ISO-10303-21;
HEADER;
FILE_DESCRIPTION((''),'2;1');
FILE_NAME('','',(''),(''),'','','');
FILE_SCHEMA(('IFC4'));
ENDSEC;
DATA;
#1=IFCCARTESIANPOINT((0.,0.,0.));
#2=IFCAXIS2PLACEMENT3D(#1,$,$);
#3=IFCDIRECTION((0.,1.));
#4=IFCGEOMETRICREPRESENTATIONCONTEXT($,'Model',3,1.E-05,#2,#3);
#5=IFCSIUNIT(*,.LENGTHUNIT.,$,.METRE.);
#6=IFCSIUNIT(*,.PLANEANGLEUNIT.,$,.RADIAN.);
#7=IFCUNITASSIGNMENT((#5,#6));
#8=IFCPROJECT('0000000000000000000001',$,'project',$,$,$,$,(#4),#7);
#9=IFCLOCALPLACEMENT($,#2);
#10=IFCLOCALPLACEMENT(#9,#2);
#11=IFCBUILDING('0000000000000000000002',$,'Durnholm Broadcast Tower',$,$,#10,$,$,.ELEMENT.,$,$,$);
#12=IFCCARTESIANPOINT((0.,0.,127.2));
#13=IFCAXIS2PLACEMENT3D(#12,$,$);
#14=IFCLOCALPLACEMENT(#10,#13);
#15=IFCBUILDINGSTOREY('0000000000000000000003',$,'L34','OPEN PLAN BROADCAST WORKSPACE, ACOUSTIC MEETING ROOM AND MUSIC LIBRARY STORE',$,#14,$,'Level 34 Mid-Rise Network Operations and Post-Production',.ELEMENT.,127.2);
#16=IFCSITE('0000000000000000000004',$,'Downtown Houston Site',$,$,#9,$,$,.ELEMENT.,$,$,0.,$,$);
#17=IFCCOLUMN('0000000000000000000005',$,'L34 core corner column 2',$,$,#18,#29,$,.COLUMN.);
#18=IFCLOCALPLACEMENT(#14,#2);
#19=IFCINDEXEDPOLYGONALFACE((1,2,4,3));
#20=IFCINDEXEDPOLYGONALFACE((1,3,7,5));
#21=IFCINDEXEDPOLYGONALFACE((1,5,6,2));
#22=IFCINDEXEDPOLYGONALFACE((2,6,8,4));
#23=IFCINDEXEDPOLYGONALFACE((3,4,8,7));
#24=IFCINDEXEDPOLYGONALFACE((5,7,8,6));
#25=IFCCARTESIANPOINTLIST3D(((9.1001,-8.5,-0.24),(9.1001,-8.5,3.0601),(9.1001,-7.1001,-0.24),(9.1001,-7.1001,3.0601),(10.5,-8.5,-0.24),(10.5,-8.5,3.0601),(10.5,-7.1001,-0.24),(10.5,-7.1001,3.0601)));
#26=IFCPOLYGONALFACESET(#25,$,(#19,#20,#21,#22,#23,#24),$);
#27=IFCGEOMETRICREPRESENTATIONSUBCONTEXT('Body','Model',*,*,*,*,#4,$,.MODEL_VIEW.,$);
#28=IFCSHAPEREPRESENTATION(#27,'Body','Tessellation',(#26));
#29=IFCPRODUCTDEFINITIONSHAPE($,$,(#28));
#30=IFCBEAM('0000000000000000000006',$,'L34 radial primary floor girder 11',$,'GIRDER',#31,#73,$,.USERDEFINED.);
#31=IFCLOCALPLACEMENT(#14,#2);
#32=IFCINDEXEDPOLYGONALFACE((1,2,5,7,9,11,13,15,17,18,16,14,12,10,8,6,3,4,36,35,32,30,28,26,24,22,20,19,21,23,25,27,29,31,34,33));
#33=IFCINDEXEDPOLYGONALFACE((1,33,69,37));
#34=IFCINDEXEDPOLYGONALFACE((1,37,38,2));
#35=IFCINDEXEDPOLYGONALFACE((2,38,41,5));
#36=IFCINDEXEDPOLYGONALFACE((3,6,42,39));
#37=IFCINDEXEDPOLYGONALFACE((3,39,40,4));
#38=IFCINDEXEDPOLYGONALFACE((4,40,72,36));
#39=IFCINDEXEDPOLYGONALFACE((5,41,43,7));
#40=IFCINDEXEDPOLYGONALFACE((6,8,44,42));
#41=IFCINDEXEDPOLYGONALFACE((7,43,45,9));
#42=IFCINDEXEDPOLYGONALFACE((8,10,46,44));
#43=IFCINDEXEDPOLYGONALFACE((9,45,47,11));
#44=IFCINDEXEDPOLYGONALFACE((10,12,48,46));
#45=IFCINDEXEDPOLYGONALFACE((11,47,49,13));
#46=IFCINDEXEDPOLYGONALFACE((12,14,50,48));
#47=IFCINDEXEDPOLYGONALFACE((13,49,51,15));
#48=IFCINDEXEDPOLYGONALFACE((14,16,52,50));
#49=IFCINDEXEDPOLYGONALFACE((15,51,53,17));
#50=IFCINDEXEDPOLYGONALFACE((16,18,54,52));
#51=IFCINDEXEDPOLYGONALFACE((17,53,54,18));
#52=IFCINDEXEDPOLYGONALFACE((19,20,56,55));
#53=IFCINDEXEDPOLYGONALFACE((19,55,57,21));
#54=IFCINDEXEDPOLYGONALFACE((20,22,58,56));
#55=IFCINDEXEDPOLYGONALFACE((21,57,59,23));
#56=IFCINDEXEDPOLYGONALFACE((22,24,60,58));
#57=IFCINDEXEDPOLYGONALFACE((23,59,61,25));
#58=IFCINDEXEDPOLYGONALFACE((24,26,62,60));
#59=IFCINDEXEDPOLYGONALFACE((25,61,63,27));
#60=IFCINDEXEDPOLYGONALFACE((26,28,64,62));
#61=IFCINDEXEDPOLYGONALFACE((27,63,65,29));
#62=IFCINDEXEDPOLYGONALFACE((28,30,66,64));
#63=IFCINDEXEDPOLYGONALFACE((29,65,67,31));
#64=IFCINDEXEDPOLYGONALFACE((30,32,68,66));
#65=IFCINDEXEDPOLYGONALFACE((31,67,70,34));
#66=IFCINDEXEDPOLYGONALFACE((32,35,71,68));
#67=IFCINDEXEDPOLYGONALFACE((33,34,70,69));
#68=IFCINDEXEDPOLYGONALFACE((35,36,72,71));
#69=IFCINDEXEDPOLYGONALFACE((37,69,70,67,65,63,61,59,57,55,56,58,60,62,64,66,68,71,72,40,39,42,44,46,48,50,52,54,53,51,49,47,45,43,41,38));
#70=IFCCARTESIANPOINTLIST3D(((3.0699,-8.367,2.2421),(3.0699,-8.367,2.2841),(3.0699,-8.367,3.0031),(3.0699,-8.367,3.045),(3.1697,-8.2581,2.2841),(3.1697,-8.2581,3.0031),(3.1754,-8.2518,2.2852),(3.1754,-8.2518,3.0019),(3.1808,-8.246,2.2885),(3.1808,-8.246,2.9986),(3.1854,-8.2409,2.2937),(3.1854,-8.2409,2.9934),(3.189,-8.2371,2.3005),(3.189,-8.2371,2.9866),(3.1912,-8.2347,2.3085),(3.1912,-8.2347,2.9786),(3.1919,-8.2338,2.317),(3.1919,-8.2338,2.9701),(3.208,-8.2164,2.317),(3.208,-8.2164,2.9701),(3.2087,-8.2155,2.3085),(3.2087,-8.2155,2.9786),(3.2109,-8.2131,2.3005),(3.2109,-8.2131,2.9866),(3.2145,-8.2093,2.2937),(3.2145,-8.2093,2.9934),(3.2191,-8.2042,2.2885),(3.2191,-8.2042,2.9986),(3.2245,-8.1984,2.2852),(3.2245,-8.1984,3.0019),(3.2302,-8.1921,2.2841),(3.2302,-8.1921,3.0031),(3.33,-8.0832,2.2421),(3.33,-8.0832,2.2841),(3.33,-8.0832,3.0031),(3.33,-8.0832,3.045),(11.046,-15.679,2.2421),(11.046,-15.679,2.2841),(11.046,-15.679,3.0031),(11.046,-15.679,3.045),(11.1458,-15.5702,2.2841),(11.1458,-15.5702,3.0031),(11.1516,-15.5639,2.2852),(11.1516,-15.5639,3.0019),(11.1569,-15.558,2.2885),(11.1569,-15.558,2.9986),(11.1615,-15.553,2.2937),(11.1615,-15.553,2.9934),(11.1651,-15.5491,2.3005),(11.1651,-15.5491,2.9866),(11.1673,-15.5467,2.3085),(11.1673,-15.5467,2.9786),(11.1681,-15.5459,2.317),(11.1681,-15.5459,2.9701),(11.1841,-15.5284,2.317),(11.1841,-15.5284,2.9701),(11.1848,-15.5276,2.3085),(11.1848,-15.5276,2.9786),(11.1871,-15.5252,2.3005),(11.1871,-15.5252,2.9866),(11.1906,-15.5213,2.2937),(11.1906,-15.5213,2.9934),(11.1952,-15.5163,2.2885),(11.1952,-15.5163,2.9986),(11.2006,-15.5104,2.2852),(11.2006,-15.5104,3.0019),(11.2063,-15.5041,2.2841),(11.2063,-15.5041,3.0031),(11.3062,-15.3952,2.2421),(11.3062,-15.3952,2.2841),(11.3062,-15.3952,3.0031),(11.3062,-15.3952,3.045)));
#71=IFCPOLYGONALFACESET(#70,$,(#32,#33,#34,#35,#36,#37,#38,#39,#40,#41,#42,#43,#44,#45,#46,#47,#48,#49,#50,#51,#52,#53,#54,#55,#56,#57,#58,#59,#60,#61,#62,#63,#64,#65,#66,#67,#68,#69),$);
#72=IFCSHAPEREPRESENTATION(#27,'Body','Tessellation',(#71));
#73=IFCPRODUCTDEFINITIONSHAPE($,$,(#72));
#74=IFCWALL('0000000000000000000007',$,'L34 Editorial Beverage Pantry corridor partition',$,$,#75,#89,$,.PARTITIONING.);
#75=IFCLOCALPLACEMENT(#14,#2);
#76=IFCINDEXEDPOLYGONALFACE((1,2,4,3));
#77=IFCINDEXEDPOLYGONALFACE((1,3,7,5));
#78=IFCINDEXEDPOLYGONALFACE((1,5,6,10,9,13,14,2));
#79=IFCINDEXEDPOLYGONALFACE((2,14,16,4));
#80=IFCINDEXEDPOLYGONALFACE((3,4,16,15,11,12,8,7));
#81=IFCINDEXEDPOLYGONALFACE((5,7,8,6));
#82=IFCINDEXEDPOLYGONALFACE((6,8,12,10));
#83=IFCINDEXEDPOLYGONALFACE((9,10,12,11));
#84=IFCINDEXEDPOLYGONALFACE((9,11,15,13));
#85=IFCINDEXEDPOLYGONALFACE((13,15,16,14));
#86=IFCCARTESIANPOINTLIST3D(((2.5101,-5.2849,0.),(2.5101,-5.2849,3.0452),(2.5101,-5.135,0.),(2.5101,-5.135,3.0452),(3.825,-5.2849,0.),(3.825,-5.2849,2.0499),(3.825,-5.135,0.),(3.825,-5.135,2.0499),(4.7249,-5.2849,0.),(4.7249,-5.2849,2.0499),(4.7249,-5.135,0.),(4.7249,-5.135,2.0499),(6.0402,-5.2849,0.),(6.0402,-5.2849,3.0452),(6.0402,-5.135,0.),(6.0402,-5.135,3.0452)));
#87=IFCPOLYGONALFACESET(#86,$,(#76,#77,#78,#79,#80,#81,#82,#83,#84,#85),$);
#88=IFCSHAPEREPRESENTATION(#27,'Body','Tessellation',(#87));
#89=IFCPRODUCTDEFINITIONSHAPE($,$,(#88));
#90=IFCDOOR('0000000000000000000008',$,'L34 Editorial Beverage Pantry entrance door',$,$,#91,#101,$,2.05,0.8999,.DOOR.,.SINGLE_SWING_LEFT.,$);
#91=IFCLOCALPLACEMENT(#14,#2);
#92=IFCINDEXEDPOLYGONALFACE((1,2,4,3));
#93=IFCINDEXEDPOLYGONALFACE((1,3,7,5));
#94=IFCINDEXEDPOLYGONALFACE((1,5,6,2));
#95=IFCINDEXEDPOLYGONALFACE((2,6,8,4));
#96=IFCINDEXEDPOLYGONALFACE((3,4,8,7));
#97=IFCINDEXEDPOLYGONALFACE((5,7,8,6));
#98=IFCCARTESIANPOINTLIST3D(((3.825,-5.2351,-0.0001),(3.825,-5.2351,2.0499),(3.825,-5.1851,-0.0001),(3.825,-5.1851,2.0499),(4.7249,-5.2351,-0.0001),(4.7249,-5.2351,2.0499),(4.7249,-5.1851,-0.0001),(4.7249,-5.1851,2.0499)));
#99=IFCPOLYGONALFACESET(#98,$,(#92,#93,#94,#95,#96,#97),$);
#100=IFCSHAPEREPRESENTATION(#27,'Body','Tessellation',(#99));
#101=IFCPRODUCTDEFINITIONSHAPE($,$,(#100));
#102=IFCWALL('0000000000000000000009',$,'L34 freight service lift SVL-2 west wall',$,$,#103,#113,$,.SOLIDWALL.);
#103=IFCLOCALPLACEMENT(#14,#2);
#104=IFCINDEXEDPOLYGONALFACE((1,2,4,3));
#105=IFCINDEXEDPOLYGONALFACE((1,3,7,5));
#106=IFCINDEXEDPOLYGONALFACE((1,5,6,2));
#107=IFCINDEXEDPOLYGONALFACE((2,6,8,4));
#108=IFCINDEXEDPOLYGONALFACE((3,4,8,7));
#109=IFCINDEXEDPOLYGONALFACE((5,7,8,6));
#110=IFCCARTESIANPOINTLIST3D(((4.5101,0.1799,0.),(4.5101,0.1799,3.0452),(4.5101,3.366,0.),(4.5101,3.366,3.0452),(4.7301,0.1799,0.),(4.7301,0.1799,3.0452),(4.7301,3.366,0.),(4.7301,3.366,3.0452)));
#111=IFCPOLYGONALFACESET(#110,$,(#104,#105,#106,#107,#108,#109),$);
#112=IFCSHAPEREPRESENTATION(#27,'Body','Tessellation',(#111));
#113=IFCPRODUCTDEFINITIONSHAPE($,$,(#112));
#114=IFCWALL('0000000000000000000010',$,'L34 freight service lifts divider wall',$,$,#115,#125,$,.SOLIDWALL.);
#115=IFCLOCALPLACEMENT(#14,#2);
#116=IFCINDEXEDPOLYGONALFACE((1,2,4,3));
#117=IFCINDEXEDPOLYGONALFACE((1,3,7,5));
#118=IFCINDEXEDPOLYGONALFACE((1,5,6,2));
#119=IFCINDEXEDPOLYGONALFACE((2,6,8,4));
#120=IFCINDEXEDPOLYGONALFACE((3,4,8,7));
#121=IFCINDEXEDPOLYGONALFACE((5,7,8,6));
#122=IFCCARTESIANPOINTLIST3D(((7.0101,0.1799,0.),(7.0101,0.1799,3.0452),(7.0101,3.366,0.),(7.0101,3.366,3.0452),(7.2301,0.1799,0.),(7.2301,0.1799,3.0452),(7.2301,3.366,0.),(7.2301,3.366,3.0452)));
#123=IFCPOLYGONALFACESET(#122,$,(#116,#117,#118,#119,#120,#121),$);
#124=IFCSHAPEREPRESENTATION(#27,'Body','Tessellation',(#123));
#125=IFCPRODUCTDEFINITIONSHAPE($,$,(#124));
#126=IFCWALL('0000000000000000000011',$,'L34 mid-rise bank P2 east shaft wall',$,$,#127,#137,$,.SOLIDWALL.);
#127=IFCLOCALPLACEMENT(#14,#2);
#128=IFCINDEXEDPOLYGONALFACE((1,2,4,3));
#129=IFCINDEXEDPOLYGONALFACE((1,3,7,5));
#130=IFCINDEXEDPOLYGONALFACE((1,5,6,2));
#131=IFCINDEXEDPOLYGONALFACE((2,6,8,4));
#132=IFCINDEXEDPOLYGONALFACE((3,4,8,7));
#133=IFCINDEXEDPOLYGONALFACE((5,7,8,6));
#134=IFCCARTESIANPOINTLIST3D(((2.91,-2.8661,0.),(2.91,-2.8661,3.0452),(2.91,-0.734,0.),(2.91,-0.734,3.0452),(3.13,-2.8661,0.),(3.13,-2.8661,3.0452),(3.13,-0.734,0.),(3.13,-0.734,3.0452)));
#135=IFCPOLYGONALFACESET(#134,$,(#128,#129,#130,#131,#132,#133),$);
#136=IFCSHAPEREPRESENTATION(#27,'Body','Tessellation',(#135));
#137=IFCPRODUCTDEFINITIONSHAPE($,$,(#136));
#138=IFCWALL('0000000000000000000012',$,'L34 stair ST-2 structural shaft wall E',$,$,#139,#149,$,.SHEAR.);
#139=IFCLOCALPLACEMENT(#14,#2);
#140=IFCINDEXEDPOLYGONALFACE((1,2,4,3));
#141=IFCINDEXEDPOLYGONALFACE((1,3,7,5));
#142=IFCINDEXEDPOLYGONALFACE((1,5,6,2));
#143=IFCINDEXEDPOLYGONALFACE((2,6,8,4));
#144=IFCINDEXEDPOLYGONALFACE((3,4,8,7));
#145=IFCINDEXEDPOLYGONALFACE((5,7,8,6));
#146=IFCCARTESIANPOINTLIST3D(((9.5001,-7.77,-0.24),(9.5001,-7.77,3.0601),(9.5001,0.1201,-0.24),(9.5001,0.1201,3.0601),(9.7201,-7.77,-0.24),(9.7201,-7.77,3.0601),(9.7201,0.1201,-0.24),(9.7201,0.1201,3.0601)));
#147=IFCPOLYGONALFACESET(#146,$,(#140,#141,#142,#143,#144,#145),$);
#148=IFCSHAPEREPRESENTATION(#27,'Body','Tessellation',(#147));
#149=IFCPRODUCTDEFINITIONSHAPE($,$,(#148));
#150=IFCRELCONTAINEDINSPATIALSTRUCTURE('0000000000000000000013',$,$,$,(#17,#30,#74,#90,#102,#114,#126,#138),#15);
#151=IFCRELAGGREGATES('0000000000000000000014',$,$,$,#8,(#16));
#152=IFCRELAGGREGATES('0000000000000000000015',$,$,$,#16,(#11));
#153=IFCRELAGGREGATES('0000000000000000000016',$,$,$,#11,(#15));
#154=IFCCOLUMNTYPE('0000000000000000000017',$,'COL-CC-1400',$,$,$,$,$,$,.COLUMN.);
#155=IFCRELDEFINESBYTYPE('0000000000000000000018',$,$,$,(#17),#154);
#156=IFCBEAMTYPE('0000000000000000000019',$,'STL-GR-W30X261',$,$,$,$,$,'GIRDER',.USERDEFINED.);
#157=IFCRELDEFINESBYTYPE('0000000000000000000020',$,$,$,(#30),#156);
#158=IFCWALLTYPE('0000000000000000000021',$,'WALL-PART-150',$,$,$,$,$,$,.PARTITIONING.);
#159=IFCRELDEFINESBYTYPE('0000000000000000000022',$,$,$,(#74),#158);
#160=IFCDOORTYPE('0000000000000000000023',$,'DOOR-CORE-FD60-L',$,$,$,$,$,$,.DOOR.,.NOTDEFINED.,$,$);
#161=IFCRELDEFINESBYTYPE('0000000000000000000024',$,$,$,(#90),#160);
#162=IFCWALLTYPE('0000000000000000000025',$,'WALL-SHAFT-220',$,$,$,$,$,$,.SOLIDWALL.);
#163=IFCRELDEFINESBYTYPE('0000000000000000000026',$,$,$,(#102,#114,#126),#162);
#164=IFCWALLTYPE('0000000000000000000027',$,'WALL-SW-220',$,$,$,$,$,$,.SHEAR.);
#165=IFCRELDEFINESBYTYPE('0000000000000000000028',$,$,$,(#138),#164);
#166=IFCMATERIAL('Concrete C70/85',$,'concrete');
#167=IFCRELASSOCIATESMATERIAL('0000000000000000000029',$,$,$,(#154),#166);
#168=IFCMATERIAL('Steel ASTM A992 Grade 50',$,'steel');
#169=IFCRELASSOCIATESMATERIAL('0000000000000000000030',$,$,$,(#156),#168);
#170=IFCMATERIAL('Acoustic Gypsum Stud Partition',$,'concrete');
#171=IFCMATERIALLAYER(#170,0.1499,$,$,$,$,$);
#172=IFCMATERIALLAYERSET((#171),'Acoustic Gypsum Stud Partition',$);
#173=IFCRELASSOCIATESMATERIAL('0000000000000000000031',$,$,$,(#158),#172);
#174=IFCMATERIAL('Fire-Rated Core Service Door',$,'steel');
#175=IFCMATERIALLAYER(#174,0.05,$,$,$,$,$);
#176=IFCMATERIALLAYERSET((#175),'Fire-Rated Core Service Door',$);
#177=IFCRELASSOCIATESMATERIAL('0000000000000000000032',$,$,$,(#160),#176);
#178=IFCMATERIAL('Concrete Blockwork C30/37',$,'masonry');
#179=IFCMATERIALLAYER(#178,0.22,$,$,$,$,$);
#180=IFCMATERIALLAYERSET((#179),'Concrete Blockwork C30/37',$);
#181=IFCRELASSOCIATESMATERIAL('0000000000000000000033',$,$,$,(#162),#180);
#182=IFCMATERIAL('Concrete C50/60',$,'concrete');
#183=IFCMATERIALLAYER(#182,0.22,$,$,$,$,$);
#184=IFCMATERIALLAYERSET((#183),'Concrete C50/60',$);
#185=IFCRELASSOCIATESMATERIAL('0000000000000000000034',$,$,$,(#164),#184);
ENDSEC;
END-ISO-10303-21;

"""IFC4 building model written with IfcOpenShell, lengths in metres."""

from ifc_helpers import new_model, si_unit, direction, frame, frame_2d, origin, origin_2d, place, context, subcontext, project, spatial, rectangle, i_section, extrude, source, transform, mapped, material, layer, layer_set, material_profile, profile_set, type_object, type_shapes, element, fill, save


model = new_model("IFC4")

# Units and contexts
model_context = context("Model", 3, precision=1e-05, world=origin(), true_north=direction((0.0, 1.0)))
body_context = subcontext(model_context, "Body", "Model", "MODEL_VIEW")
ifc_project = project(units=[si_unit("LENGTHUNIT", "METRE"), si_unit("PLANEANGLEUNIT", "RADIAN")], contexts=[model_context])

# Site, building, storey
site_placement = place(None, origin())
site = spatial("IfcSite", under=ifc_project, at=site_placement, Name="Downtown Houston Site", CompositionType="ELEMENT", RefElevation=0.0)
building_placement = place(site_placement, origin())
building = spatial("IfcBuilding", under=site, at=building_placement, Name="Durnholm Broadcast Tower", CompositionType="ELEMENT")
storey_placement = place(building_placement, frame((0.0, 0.0, 127.2)))
storey = spatial("IfcBuildingStorey", under=building, at=storey_placement, Name="L34", Description="OPEN PLAN BROADCAST WORKSPACE, ACOUSTIC MEETING ROOM AND MUSIC LIBRARY STORE", LongName="Level 34 Mid-Rise Network Operations and Post-Production", CompositionType="ELEMENT", Elevation=127.2)

# Column
ifc_material_1 = material(Name="Concrete C70/85", Category="concrete")
ifc_material_profile_1 = material_profile(ifc_material_1, rectangle(XDim=1.3999, YDim=1.3999, at=origin_2d()), Name="RC1400X1400")
ifc_profile_set_1 = profile_set([ifc_material_profile_1], Name="Concrete C70/85")
column_type = type_object("IfcColumnType", Name="COL-CC-1400", PredefinedType="COLUMN", material=ifc_profile_set_1)
shared_shape_1 = source(origin(), body_context, "Body", "SweptSolid", [
    extrude(rectangle(XDim=1.3999, YDim=1.3999, at=origin_2d()), origin(), (0.0, 0.0, 1.0), 3.3),
])
type_shapes(column_type, [shared_shape_1])
column_placement = place(storey_placement, frame((9.8, -7.8, -0.24), z_axis=(0.0, 0.0, 1.0), x_axis=(1.0, 0.0, 0.0)))
element("IfcColumn", 1, at=column_placement, inside=storey, type_object=column_type, Name="L34 core corner column 2", PredefinedType="COLUMN", context=body_context, shape_type="MappedRepresentation", body=[
    mapped(shared_shape_1, transform((0.0, 0.0, 0.0), x_axis=(1.0, 0.0, 0.0), y_axis=(0.0, 1.0, 0.0), z_axis=(0.0, 0.0, 1.0), scale=1.0)),
])

# Beam
ifc_material_2 = material(Name="Steel ASTM A992 Grade 50", Category="steel")
ifc_material_profile_2 = material_profile(ifc_material_2, i_section(OverallWidth=0.385, OverallDepth=0.803, WebThickness=0.0237, FlangeThickness=0.042, FilletRadius=0.033, at=origin_2d()), Name="W30X261")
ifc_profile_set_2 = profile_set([ifc_material_profile_2], Name="Steel ASTM A992 Grade 50")
beam_type = type_object("IfcBeamType", Name="STL-GR-W30X261", ElementType="GIRDER", PredefinedType="USERDEFINED", material=ifc_profile_set_2)
shared_shape_2 = source(origin(), body_context, "Body", "SweptSolid", [
    extrude(i_section(OverallWidth=0.385, OverallDepth=0.803, WebThickness=0.0237, FlangeThickness=0.042, FilletRadius=0.033, at=origin_2d()), origin(), (0.0, 0.0, 1.0), 10.8206),
])
type_shapes(beam_type, [shared_shape_2])
beam_placement = place(storey_placement, frame((3.2, -8.2251, 2.6436), z_axis=(0.737126, -0.675755, 0.0), x_axis=(0.675755, 0.737126, 0.0)))
element("IfcBeam", 2, at=beam_placement, inside=storey, type_object=beam_type, Name="L34 radial primary floor girder 11", ObjectType="GIRDER", PredefinedType="USERDEFINED", context=body_context, shape_type="MappedRepresentation", body=[
    mapped(shared_shape_2, transform((0.0, 0.0, 0.0), x_axis=(1.0, 0.0, 0.0), y_axis=(0.0, 1.0, 0.0), z_axis=(0.0, 0.0, 1.0), scale=1.0)),
])

# Wall, opening, door
ifc_material_3 = material(Name="Acoustic Gypsum Stud Partition", Category="concrete")
ifc_layer_1 = layer(ifc_material_3, 0.1499)
ifc_layer_set_1 = layer_set([ifc_layer_1], Name="Acoustic Gypsum Stud Partition")
wall_type_1 = type_object("IfcWallType", Name="WALL-PART-150", PredefinedType="PARTITIONING", material=ifc_layer_set_1)
wall_1_placement = place(storey_placement, frame((2.51, -5.21, 0.0), z_axis=(0.0, 0.0, 1.0), x_axis=(1.0, 0.0, 0.0)))
wall_1 = element("IfcWall", 3, at=wall_1_placement, inside=storey, type_object=wall_type_1, Name="L34 Editorial Beverage Pantry corridor partition", PredefinedType="PARTITIONING", context=body_context, shape_type="SweptSolid", body=[
    extrude(rectangle(XDim=3.53, YDim=0.1499, at=frame_2d((1.7651, 0.0))), origin(), (0.0, 0.0, 1.0), 3.0452),
])
opening_1_placement = place(wall_1_placement, frame((1.3149, 0.0, 0.0)))
opening_1 = element("IfcOpeningElement", 4, at=opening_1_placement, cuts=wall_1, PredefinedType="OPENING", context=body_context, shape_type="SweptSolid", body=[
    extrude(rectangle(XDim=0.8999, YDim=2.05, at=frame_2d((0.45, 1.0249))), frame((0.0, 0.085, 0.0), z_axis=(0.0, -1.0, 0.0), x_axis=(1.0, 0.0, 0.0)), (0.0, 0.0, 1.0), 0.1699),
])
ifc_material_4 = material(Name="Fire-Rated Core Service Door", Category="steel")
ifc_layer_2 = layer(ifc_material_4, 0.05)
ifc_layer_set_2 = layer_set([ifc_layer_2], Name="Fire-Rated Core Service Door")
door_type_1 = type_object("IfcDoorType", Name="DOOR-CORE-FD60-L", OperationType="NOTDEFINED", PredefinedType="DOOR", material=ifc_layer_set_2)
shared_shape_3 = source(origin(), body_context, "Body", "SweptSolid", [
    extrude(rectangle(XDim=0.8999, YDim=2.05, at=frame_2d((0.45, 1.0249))), frame((0.0, 0.0249, 0.0), z_axis=(0.0, -1.0, 0.0), x_axis=(1.0, 0.0, 0.0)), (0.0, 0.0, 1.0), 0.05),
])
type_shapes(door_type_1, [shared_shape_3])
door_1_placement = place(opening_1_placement, origin())
door_1 = element("IfcDoor", 5, at=door_1_placement, inside=storey, type_object=door_type_1, Name="L34 Editorial Beverage Pantry entrance door", OperationType="SINGLE_SWING_LEFT", OverallHeight=2.05, OverallWidth=0.8999, PredefinedType="DOOR", context=body_context, shape_type="MappedRepresentation", body=[
    mapped(shared_shape_3, transform((0.0, 0.0, 0.0), x_axis=(1.0, 0.0, 0.0), y_axis=(0.0, 1.0, 0.0), z_axis=(0.0, 0.0, 1.0), scale=1.0)),
])
fill(opening_1, door_1)

# Walls
ifc_material_5 = material(Name="Concrete Blockwork C30/37", Category="masonry")
ifc_layer_3 = layer(ifc_material_5, 0.22)
ifc_layer_set_3 = layer_set([ifc_layer_3], Name="Concrete Blockwork C30/37")
wall_type_2 = type_object("IfcWallType", Name="WALL-SHAFT-220", PredefinedType="SOLIDWALL", material=ifc_layer_set_3)
for number, where, z_axis, x_axis, name in (
    (6, (4.6201, 0.1799, 0.0), (0.0, 0.0, 1.0), (0.0, 1.0, 0.0), "L34 freight service lift SVL-2 west wall"),
    (7, (7.1201, 0.1799, 0.0), (0.0, 0.0, 1.0), (0.0, 1.0, 0.0), "L34 freight service lifts divider wall"),
):
    element("IfcWall", number, at=place(storey_placement, frame(where, z_axis=z_axis, x_axis=x_axis)), inside=storey, type_object=wall_type_2, Name=name, PredefinedType="SOLIDWALL", context=body_context, shape_type="SweptSolid", body=[
        extrude(rectangle(XDim=3.186, YDim=0.22, at=frame_2d((1.593, 0.0))), origin(), (0.0, 0.0, 1.0), 3.0452),
    ])
wall_2_placement = place(storey_placement, frame((3.02, -2.866, 0.0), z_axis=(0.0, 0.0, 1.0), x_axis=(0.0, 1.0, 0.0)))
element("IfcWall", 8, at=wall_2_placement, inside=storey, type_object=wall_type_2, Name="L34 mid-rise bank P2 east shaft wall", PredefinedType="SOLIDWALL", context=body_context, shape_type="SweptSolid", body=[
    extrude(rectangle(XDim=2.1321, YDim=0.22, at=frame_2d((1.0659, 0.0))), origin(), (0.0, 0.0, 1.0), 3.0452),
])
ifc_material_6 = material(Name="Concrete C50/60", Category="concrete")
ifc_layer_4 = layer(ifc_material_6, 0.22)
ifc_layer_set_4 = layer_set([ifc_layer_4], Name="Concrete C50/60")
wall_type_3 = type_object("IfcWallType", Name="WALL-SW-220", PredefinedType="SHEAR", material=ifc_layer_set_4)
wall_3_placement = place(storey_placement, frame((9.6101, -7.77, -0.24), z_axis=(0.0, 0.0, 1.0), x_axis=(0.0, 1.0, 0.0)))
element("IfcWall", 9, at=wall_3_placement, inside=storey, type_object=wall_type_3, Name="L34 stair ST-2 structural shaft wall E", PredefinedType="SHEAR", context=body_context, shape_type="SweptSolid", body=[
    extrude(rectangle(XDim=7.8901, YDim=0.22, at=frame_2d((3.9451, 0.0))), origin(), (0.0, 0.0, 1.0), 3.3),
])

save(model, "model.ifc")
